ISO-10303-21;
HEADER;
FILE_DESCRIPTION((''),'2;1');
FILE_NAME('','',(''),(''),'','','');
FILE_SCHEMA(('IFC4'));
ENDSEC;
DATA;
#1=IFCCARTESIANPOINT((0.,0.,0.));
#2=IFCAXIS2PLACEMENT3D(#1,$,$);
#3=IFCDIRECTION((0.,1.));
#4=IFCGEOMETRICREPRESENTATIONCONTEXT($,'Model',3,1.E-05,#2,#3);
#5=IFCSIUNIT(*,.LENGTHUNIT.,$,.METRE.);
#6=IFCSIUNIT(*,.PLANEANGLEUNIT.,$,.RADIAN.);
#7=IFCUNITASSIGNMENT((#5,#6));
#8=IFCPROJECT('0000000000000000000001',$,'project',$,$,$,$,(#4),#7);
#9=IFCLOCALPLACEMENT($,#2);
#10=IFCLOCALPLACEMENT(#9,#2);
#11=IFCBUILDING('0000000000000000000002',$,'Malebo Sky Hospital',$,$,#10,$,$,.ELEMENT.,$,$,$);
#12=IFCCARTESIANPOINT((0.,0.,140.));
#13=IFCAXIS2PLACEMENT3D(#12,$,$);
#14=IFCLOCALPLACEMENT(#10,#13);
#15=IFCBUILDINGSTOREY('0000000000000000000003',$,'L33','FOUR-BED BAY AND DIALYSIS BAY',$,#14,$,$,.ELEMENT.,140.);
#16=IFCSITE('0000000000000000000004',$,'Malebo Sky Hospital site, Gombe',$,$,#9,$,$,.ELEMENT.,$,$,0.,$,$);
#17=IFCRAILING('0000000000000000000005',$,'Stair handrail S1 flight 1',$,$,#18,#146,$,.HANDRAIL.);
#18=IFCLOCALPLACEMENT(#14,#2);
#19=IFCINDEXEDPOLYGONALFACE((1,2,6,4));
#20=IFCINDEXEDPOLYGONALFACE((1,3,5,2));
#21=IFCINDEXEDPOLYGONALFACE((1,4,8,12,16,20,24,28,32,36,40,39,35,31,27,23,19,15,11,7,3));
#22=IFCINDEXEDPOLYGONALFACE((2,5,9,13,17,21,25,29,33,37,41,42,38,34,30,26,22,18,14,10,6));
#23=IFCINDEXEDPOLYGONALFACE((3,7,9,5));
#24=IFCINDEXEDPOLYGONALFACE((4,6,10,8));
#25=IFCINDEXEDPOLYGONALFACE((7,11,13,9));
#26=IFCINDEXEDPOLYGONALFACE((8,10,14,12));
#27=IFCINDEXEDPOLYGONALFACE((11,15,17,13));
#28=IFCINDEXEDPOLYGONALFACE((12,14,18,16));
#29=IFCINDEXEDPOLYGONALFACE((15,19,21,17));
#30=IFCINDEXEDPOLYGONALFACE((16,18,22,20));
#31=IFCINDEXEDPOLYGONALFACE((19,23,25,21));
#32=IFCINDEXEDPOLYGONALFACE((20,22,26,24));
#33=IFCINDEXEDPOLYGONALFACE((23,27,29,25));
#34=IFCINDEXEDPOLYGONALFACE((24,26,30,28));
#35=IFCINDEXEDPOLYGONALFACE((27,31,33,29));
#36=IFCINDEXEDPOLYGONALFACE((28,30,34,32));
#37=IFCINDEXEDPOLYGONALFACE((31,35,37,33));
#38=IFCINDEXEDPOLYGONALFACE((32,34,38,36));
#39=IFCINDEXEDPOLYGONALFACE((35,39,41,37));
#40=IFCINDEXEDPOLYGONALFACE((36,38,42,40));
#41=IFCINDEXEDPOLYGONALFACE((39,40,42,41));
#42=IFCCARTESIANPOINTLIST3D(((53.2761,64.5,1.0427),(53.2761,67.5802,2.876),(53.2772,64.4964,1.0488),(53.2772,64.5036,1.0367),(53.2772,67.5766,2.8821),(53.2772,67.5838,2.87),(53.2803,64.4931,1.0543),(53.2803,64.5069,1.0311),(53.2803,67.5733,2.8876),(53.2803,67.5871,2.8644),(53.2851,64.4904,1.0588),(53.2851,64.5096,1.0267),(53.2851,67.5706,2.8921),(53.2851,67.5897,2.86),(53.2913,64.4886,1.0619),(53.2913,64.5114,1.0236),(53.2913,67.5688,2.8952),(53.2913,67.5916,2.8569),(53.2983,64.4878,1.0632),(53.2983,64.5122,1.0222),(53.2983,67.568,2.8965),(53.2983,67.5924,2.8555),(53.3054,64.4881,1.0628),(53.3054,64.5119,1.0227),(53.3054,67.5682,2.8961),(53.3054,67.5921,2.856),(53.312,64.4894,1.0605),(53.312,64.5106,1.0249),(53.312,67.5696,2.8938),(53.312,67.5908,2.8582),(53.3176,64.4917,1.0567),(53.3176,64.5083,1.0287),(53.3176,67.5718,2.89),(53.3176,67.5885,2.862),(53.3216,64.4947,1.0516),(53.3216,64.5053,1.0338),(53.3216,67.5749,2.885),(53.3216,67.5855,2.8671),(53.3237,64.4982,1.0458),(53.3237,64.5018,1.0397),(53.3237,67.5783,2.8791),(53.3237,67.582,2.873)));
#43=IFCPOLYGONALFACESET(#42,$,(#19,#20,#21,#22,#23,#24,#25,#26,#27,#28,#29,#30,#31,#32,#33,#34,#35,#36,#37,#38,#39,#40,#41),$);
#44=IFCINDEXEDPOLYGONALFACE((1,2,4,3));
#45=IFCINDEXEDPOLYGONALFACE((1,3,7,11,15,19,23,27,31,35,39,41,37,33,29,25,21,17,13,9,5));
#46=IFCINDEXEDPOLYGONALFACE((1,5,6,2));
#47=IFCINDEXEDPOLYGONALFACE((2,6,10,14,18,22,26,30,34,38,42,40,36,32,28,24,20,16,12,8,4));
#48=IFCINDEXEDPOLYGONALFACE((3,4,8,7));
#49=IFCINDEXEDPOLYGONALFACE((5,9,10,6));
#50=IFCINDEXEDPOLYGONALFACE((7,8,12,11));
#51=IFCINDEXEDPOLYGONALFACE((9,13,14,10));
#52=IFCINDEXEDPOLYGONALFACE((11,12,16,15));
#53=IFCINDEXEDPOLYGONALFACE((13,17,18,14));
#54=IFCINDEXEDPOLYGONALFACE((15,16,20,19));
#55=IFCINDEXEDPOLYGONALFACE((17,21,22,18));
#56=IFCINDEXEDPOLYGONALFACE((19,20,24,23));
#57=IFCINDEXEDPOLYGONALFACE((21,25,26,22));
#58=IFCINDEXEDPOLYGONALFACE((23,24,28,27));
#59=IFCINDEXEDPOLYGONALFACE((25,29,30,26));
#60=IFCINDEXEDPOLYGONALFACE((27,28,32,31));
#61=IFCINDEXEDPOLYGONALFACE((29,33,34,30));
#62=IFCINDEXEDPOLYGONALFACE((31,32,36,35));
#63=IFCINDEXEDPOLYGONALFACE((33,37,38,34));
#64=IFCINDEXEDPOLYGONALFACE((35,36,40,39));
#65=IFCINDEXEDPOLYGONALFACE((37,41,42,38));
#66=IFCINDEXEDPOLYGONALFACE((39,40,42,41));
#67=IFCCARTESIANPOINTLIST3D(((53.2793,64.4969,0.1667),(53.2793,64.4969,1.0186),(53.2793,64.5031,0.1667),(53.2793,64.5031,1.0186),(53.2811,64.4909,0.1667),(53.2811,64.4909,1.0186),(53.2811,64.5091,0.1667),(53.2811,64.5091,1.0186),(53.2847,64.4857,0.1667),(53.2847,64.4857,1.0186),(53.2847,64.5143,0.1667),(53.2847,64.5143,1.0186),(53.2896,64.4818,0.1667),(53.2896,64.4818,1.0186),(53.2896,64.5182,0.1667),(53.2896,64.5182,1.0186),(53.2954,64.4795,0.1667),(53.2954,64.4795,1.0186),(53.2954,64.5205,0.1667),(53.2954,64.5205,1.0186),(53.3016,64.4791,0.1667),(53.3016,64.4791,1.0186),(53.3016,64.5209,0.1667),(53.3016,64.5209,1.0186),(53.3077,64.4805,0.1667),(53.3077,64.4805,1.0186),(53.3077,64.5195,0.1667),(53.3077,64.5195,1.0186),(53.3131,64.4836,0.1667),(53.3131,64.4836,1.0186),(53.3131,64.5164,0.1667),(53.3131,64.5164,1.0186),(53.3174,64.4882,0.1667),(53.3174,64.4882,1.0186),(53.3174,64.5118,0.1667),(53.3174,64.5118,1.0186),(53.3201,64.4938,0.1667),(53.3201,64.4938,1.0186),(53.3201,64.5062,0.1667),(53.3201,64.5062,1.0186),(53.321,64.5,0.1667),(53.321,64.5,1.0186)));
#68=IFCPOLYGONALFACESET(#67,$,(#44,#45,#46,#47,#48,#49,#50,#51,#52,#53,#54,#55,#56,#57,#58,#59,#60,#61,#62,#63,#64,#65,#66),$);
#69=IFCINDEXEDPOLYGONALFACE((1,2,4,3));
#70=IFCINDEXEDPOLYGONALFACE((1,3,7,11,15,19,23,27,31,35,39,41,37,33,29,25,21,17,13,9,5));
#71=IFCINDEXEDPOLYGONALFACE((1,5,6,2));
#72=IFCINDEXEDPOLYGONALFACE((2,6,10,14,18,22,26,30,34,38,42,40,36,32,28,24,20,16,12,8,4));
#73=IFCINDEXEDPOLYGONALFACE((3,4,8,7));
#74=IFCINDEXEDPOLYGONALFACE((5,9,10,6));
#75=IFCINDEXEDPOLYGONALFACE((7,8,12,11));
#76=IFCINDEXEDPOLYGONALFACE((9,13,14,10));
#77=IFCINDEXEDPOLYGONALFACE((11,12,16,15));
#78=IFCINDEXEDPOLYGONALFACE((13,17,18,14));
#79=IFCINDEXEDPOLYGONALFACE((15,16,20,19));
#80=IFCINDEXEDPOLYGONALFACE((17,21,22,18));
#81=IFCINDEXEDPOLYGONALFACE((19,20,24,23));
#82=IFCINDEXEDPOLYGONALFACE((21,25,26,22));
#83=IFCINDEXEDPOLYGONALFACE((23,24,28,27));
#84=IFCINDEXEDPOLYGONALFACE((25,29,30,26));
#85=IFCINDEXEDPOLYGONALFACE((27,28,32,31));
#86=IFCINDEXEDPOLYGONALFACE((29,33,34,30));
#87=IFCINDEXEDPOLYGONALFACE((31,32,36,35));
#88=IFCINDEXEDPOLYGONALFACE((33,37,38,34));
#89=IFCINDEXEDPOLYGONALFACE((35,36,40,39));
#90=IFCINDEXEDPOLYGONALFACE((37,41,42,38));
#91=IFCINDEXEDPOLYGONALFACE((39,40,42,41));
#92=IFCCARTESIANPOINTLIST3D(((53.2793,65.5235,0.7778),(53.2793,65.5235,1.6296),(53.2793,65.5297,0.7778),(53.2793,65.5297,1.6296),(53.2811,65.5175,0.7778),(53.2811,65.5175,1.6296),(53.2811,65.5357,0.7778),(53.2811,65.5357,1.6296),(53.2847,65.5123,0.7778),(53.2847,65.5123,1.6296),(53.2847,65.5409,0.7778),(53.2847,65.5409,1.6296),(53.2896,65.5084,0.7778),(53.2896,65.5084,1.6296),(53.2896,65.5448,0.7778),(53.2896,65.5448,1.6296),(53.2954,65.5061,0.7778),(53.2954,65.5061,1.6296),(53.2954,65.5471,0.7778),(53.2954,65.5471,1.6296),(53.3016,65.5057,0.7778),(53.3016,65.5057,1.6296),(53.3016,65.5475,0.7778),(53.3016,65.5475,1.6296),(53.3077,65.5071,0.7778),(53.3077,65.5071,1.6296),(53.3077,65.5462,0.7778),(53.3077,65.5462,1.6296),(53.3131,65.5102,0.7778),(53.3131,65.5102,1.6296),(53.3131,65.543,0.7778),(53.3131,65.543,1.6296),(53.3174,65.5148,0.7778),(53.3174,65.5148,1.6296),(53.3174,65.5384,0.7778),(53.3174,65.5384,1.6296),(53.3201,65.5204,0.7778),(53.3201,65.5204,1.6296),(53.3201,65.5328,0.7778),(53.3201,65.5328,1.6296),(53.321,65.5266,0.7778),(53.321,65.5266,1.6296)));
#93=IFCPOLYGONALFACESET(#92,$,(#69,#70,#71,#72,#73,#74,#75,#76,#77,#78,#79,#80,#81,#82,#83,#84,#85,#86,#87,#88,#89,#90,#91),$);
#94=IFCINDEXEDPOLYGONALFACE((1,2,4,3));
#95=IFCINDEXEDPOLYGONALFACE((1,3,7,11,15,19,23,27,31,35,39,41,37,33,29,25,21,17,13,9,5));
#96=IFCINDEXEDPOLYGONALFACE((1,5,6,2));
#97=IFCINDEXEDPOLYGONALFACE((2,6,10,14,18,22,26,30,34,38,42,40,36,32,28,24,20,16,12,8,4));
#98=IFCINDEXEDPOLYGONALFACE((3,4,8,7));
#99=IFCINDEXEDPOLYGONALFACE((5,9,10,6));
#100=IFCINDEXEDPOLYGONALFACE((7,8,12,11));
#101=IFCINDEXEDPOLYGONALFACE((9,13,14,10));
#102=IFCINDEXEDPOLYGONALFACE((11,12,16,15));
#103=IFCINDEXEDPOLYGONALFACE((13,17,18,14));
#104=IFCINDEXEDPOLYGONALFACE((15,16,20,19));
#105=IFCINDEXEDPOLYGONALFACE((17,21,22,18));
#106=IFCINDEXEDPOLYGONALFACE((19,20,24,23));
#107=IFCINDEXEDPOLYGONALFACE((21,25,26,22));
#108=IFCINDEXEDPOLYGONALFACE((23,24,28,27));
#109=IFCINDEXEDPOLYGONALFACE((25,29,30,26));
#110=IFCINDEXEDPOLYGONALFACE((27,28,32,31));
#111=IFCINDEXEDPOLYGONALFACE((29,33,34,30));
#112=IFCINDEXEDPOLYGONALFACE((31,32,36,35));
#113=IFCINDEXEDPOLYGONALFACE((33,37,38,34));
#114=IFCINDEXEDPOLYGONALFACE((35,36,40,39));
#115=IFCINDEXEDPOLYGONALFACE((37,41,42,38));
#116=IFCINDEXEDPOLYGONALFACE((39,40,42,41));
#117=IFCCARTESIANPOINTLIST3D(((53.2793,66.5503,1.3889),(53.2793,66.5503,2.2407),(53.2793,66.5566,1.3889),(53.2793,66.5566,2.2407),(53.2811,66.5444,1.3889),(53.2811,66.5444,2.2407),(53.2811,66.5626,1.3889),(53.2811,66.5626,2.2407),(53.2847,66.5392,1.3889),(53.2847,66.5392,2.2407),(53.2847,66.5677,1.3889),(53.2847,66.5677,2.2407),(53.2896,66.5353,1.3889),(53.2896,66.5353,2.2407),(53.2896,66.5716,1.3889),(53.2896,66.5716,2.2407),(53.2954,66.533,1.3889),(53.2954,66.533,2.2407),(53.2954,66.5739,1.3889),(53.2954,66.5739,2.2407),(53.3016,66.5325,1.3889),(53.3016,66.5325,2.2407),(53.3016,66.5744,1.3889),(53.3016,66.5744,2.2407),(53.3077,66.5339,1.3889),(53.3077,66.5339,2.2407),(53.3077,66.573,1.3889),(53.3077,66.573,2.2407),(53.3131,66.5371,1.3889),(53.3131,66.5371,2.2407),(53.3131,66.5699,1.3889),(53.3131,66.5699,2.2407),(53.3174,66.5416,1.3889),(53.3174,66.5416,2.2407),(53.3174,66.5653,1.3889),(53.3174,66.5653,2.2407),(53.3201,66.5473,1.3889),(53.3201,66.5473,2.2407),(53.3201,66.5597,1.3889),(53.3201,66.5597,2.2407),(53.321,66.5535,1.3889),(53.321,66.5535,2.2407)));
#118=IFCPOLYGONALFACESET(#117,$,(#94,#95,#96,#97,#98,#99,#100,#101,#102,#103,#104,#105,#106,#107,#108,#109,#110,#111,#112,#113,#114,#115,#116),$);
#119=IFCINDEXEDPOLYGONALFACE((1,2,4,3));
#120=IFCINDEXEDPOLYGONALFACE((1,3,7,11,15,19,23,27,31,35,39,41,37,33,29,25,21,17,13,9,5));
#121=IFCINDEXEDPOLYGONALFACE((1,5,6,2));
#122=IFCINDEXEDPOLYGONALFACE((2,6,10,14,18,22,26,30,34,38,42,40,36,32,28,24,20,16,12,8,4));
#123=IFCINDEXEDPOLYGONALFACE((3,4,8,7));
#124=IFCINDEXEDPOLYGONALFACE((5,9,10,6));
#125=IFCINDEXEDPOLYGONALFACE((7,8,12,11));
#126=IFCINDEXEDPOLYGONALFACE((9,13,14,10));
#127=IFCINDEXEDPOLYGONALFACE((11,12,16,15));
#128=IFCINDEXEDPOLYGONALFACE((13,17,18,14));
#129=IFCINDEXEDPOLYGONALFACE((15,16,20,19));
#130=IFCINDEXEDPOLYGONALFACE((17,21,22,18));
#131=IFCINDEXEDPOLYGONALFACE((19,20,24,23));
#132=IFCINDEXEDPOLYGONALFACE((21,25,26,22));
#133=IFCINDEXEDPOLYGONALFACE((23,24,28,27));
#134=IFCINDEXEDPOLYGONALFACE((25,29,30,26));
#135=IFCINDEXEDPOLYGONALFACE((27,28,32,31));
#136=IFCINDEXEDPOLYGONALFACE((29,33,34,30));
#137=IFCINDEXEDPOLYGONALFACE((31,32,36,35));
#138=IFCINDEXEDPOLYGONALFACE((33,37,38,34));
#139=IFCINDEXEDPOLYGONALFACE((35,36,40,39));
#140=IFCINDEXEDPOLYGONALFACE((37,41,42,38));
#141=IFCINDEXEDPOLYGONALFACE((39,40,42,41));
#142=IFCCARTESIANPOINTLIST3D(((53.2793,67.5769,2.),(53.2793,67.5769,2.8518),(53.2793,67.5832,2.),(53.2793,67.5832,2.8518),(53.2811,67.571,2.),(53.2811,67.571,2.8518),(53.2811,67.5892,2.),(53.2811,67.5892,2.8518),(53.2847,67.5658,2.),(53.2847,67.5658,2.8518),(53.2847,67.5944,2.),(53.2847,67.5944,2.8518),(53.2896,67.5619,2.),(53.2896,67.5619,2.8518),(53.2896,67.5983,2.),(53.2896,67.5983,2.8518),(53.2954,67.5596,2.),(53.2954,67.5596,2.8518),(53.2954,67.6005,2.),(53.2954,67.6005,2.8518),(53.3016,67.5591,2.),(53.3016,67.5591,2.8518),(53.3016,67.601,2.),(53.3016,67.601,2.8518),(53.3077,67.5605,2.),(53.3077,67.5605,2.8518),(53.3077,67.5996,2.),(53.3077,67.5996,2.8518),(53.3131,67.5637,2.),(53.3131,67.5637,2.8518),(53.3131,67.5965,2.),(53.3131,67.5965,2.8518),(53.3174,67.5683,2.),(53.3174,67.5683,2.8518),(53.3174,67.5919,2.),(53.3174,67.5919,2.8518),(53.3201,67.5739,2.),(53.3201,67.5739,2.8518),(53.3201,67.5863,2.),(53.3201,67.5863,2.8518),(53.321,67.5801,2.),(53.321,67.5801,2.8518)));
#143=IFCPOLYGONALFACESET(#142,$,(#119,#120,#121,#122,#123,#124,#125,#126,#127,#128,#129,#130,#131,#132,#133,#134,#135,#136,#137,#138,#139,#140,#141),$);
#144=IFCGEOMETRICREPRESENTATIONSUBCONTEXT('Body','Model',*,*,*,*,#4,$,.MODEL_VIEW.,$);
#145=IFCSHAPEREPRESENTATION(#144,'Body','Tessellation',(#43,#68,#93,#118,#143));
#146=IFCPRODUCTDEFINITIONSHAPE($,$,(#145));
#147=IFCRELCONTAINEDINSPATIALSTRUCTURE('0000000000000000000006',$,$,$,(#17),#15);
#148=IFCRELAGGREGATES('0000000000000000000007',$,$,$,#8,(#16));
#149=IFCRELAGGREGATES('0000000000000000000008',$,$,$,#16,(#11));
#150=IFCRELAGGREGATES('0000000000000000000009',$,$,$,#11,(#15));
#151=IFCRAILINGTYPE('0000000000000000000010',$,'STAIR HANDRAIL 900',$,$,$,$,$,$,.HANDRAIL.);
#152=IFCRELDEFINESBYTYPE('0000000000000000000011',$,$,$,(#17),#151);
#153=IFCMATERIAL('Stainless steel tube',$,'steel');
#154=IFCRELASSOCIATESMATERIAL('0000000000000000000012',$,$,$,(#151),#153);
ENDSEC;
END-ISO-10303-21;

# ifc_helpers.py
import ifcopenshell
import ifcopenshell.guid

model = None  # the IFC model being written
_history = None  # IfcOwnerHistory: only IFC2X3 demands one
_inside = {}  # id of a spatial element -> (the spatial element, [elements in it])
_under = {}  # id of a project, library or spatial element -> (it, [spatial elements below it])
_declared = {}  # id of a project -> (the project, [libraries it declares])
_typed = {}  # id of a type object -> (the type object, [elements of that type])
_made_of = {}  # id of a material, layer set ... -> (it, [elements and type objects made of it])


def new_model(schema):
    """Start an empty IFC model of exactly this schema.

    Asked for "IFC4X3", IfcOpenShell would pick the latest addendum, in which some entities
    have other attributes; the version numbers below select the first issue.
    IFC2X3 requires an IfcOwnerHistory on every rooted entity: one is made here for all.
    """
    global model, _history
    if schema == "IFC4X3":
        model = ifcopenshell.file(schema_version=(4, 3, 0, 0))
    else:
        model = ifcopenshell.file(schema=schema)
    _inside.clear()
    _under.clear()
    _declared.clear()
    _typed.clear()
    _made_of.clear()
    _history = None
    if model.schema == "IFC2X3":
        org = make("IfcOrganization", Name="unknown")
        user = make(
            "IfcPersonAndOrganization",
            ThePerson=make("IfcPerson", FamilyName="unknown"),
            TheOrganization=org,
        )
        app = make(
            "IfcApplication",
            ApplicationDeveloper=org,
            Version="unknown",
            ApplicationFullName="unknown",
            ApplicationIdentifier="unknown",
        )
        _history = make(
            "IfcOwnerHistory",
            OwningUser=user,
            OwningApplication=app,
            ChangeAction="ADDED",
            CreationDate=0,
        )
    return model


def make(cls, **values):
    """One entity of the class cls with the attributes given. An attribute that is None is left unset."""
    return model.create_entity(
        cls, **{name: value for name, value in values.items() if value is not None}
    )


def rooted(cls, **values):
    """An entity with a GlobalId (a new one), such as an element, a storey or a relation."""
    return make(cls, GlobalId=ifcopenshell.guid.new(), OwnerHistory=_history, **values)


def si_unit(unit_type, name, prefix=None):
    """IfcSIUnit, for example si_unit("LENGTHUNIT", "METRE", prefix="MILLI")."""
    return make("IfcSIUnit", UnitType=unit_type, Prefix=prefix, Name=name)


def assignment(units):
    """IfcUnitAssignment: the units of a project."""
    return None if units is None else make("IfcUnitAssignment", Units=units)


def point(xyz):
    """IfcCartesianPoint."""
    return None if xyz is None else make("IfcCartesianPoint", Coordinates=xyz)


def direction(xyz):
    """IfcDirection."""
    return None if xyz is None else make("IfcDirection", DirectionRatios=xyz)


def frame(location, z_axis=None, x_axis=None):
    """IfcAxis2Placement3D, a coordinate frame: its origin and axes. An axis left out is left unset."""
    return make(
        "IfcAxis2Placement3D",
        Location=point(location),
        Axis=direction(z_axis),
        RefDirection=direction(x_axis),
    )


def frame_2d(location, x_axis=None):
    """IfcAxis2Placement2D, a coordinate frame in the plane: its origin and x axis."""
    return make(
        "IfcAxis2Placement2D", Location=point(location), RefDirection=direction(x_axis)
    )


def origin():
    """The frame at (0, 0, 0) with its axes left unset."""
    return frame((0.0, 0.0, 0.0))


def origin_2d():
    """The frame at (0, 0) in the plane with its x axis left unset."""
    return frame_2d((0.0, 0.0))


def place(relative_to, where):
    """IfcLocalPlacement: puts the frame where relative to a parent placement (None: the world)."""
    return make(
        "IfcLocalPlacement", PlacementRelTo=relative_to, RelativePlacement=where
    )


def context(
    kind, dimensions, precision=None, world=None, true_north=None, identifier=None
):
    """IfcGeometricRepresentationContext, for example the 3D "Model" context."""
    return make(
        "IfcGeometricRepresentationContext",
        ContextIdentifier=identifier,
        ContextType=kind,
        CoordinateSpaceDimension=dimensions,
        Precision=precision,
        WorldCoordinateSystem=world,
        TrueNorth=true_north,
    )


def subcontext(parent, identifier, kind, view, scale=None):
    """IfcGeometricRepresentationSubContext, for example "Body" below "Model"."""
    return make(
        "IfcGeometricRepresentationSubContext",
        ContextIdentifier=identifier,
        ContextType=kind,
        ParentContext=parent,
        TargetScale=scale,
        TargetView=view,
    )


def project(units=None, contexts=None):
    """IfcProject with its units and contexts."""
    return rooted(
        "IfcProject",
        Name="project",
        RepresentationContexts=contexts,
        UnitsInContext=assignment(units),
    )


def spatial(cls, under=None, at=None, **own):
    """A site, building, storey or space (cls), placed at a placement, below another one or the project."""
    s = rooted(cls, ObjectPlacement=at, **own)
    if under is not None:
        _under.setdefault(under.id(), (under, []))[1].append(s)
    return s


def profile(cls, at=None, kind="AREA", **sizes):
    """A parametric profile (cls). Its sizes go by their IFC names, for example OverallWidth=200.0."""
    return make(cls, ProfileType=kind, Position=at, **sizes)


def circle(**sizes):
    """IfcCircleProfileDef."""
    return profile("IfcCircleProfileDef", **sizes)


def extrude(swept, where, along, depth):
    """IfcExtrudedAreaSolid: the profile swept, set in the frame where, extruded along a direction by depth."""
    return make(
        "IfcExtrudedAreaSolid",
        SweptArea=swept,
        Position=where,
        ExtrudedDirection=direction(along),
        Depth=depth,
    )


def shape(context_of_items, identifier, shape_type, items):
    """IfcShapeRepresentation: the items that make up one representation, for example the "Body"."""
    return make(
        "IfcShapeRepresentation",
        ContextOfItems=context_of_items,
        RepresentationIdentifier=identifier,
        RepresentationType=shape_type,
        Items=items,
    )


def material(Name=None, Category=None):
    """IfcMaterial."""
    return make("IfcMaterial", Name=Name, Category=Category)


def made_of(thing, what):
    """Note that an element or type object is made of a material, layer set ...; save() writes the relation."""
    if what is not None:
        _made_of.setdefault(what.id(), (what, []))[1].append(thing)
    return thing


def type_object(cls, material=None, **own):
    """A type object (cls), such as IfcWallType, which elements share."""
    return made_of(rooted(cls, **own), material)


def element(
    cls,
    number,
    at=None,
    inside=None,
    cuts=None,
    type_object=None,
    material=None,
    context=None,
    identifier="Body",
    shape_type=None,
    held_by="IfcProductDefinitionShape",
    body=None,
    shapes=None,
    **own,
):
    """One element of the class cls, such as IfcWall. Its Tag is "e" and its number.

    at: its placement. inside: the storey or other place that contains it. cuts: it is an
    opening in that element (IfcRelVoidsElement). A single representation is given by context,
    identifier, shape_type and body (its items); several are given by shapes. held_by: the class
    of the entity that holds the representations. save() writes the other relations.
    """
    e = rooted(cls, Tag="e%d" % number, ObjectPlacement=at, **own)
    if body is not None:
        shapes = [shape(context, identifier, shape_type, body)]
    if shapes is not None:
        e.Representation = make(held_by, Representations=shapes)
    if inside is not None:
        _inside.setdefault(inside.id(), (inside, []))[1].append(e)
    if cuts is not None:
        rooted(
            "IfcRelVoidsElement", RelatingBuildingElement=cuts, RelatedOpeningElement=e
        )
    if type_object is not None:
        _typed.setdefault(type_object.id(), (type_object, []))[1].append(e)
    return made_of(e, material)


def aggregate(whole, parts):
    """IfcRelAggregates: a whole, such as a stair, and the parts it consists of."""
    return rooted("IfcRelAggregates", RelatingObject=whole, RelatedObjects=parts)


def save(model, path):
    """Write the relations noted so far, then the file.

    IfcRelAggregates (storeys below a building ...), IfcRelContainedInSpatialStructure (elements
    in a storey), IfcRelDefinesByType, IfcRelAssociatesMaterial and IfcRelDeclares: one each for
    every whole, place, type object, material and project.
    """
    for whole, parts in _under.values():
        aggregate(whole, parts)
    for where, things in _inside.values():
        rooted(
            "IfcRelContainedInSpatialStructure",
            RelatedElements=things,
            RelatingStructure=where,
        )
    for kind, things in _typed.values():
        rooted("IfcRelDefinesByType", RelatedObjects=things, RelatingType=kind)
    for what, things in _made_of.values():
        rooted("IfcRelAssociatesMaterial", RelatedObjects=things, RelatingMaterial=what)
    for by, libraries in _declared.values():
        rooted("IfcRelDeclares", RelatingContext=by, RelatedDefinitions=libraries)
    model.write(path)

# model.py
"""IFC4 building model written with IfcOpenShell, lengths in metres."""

from ifc_helpers import new_model, si_unit, direction, frame, origin, origin_2d, place, context, subcontext, project, spatial, circle, extrude, material, type_object, element, save


model = new_model("IFC4")

# Units and contexts
model_context = context("Model", 3, precision=1e-05, world=origin(), true_north=direction((0.0, 1.0)))
body_context = subcontext(model_context, "Body", "Model", "MODEL_VIEW")
ifc_project = project(units=[si_unit("LENGTHUNIT", "METRE"), si_unit("PLANEANGLEUNIT", "RADIAN")], contexts=[model_context])

# Site, building, storey
site_placement = place(None, origin())
site = spatial("IfcSite", under=ifc_project, at=site_placement, Name="Malebo Sky Hospital site, Gombe", CompositionType="ELEMENT", RefElevation=0.0)
building_placement = place(site_placement, origin())
building = spatial("IfcBuilding", under=site, at=building_placement, Name="Malebo Sky Hospital", CompositionType="ELEMENT")
storey_placement = place(building_placement, frame((0.0, 0.0, 140.0)))
storey = spatial("IfcBuildingStorey", under=building, at=storey_placement, Name="L33", Description="FOUR-BED BAY AND DIALYSIS BAY", CompositionType="ELEMENT", Elevation=140.0)

# Railing
ifc_material_1 = material(Name="Stainless steel tube", Category="steel")
railing_type = type_object("IfcRailingType", Name="STAIR HANDRAIL 900", PredefinedType="HANDRAIL", material=ifc_material_1)
railing_1_placement = place(storey_placement, frame((53.3, 64.5, 0.1667)))
element("IfcRailing", 1, at=railing_1_placement, inside=storey, type_object=railing_type, Name="Stair handrail S1 flight 1", PredefinedType="HANDRAIL", context=body_context, shape_type="SweptSolid", body=[
    extrude(circle(Radius=0.0239, at=origin_2d()), frame((0.0, 0.0, 0.876), z_axis=(0.0, 0.859309, 0.511458), x_axis=(-1.0, 0.0, 0.0)), (0.0, 0.0, 1.0), 3.5845),
    extrude(circle(Radius=0.021, at=origin_2d()), origin(), (0.0, 0.0, 1.0), 0.8518),
    extrude(circle(Radius=0.021, at=origin_2d()), frame((0.0, 1.0266, 0.6111)), (0.0, 0.0, 1.0), 0.8518),
    extrude(circle(Radius=0.021, at=origin_2d()), frame((0.0, 2.0535, 1.2222)), (0.0, 0.0, 1.0), 0.8518),
    extrude(circle(Radius=0.021, at=origin_2d()), frame((0.0, 3.0801, 1.8333)), (0.0, 0.0, 1.0), 0.8518),
])

save(model, "model.ifc")
